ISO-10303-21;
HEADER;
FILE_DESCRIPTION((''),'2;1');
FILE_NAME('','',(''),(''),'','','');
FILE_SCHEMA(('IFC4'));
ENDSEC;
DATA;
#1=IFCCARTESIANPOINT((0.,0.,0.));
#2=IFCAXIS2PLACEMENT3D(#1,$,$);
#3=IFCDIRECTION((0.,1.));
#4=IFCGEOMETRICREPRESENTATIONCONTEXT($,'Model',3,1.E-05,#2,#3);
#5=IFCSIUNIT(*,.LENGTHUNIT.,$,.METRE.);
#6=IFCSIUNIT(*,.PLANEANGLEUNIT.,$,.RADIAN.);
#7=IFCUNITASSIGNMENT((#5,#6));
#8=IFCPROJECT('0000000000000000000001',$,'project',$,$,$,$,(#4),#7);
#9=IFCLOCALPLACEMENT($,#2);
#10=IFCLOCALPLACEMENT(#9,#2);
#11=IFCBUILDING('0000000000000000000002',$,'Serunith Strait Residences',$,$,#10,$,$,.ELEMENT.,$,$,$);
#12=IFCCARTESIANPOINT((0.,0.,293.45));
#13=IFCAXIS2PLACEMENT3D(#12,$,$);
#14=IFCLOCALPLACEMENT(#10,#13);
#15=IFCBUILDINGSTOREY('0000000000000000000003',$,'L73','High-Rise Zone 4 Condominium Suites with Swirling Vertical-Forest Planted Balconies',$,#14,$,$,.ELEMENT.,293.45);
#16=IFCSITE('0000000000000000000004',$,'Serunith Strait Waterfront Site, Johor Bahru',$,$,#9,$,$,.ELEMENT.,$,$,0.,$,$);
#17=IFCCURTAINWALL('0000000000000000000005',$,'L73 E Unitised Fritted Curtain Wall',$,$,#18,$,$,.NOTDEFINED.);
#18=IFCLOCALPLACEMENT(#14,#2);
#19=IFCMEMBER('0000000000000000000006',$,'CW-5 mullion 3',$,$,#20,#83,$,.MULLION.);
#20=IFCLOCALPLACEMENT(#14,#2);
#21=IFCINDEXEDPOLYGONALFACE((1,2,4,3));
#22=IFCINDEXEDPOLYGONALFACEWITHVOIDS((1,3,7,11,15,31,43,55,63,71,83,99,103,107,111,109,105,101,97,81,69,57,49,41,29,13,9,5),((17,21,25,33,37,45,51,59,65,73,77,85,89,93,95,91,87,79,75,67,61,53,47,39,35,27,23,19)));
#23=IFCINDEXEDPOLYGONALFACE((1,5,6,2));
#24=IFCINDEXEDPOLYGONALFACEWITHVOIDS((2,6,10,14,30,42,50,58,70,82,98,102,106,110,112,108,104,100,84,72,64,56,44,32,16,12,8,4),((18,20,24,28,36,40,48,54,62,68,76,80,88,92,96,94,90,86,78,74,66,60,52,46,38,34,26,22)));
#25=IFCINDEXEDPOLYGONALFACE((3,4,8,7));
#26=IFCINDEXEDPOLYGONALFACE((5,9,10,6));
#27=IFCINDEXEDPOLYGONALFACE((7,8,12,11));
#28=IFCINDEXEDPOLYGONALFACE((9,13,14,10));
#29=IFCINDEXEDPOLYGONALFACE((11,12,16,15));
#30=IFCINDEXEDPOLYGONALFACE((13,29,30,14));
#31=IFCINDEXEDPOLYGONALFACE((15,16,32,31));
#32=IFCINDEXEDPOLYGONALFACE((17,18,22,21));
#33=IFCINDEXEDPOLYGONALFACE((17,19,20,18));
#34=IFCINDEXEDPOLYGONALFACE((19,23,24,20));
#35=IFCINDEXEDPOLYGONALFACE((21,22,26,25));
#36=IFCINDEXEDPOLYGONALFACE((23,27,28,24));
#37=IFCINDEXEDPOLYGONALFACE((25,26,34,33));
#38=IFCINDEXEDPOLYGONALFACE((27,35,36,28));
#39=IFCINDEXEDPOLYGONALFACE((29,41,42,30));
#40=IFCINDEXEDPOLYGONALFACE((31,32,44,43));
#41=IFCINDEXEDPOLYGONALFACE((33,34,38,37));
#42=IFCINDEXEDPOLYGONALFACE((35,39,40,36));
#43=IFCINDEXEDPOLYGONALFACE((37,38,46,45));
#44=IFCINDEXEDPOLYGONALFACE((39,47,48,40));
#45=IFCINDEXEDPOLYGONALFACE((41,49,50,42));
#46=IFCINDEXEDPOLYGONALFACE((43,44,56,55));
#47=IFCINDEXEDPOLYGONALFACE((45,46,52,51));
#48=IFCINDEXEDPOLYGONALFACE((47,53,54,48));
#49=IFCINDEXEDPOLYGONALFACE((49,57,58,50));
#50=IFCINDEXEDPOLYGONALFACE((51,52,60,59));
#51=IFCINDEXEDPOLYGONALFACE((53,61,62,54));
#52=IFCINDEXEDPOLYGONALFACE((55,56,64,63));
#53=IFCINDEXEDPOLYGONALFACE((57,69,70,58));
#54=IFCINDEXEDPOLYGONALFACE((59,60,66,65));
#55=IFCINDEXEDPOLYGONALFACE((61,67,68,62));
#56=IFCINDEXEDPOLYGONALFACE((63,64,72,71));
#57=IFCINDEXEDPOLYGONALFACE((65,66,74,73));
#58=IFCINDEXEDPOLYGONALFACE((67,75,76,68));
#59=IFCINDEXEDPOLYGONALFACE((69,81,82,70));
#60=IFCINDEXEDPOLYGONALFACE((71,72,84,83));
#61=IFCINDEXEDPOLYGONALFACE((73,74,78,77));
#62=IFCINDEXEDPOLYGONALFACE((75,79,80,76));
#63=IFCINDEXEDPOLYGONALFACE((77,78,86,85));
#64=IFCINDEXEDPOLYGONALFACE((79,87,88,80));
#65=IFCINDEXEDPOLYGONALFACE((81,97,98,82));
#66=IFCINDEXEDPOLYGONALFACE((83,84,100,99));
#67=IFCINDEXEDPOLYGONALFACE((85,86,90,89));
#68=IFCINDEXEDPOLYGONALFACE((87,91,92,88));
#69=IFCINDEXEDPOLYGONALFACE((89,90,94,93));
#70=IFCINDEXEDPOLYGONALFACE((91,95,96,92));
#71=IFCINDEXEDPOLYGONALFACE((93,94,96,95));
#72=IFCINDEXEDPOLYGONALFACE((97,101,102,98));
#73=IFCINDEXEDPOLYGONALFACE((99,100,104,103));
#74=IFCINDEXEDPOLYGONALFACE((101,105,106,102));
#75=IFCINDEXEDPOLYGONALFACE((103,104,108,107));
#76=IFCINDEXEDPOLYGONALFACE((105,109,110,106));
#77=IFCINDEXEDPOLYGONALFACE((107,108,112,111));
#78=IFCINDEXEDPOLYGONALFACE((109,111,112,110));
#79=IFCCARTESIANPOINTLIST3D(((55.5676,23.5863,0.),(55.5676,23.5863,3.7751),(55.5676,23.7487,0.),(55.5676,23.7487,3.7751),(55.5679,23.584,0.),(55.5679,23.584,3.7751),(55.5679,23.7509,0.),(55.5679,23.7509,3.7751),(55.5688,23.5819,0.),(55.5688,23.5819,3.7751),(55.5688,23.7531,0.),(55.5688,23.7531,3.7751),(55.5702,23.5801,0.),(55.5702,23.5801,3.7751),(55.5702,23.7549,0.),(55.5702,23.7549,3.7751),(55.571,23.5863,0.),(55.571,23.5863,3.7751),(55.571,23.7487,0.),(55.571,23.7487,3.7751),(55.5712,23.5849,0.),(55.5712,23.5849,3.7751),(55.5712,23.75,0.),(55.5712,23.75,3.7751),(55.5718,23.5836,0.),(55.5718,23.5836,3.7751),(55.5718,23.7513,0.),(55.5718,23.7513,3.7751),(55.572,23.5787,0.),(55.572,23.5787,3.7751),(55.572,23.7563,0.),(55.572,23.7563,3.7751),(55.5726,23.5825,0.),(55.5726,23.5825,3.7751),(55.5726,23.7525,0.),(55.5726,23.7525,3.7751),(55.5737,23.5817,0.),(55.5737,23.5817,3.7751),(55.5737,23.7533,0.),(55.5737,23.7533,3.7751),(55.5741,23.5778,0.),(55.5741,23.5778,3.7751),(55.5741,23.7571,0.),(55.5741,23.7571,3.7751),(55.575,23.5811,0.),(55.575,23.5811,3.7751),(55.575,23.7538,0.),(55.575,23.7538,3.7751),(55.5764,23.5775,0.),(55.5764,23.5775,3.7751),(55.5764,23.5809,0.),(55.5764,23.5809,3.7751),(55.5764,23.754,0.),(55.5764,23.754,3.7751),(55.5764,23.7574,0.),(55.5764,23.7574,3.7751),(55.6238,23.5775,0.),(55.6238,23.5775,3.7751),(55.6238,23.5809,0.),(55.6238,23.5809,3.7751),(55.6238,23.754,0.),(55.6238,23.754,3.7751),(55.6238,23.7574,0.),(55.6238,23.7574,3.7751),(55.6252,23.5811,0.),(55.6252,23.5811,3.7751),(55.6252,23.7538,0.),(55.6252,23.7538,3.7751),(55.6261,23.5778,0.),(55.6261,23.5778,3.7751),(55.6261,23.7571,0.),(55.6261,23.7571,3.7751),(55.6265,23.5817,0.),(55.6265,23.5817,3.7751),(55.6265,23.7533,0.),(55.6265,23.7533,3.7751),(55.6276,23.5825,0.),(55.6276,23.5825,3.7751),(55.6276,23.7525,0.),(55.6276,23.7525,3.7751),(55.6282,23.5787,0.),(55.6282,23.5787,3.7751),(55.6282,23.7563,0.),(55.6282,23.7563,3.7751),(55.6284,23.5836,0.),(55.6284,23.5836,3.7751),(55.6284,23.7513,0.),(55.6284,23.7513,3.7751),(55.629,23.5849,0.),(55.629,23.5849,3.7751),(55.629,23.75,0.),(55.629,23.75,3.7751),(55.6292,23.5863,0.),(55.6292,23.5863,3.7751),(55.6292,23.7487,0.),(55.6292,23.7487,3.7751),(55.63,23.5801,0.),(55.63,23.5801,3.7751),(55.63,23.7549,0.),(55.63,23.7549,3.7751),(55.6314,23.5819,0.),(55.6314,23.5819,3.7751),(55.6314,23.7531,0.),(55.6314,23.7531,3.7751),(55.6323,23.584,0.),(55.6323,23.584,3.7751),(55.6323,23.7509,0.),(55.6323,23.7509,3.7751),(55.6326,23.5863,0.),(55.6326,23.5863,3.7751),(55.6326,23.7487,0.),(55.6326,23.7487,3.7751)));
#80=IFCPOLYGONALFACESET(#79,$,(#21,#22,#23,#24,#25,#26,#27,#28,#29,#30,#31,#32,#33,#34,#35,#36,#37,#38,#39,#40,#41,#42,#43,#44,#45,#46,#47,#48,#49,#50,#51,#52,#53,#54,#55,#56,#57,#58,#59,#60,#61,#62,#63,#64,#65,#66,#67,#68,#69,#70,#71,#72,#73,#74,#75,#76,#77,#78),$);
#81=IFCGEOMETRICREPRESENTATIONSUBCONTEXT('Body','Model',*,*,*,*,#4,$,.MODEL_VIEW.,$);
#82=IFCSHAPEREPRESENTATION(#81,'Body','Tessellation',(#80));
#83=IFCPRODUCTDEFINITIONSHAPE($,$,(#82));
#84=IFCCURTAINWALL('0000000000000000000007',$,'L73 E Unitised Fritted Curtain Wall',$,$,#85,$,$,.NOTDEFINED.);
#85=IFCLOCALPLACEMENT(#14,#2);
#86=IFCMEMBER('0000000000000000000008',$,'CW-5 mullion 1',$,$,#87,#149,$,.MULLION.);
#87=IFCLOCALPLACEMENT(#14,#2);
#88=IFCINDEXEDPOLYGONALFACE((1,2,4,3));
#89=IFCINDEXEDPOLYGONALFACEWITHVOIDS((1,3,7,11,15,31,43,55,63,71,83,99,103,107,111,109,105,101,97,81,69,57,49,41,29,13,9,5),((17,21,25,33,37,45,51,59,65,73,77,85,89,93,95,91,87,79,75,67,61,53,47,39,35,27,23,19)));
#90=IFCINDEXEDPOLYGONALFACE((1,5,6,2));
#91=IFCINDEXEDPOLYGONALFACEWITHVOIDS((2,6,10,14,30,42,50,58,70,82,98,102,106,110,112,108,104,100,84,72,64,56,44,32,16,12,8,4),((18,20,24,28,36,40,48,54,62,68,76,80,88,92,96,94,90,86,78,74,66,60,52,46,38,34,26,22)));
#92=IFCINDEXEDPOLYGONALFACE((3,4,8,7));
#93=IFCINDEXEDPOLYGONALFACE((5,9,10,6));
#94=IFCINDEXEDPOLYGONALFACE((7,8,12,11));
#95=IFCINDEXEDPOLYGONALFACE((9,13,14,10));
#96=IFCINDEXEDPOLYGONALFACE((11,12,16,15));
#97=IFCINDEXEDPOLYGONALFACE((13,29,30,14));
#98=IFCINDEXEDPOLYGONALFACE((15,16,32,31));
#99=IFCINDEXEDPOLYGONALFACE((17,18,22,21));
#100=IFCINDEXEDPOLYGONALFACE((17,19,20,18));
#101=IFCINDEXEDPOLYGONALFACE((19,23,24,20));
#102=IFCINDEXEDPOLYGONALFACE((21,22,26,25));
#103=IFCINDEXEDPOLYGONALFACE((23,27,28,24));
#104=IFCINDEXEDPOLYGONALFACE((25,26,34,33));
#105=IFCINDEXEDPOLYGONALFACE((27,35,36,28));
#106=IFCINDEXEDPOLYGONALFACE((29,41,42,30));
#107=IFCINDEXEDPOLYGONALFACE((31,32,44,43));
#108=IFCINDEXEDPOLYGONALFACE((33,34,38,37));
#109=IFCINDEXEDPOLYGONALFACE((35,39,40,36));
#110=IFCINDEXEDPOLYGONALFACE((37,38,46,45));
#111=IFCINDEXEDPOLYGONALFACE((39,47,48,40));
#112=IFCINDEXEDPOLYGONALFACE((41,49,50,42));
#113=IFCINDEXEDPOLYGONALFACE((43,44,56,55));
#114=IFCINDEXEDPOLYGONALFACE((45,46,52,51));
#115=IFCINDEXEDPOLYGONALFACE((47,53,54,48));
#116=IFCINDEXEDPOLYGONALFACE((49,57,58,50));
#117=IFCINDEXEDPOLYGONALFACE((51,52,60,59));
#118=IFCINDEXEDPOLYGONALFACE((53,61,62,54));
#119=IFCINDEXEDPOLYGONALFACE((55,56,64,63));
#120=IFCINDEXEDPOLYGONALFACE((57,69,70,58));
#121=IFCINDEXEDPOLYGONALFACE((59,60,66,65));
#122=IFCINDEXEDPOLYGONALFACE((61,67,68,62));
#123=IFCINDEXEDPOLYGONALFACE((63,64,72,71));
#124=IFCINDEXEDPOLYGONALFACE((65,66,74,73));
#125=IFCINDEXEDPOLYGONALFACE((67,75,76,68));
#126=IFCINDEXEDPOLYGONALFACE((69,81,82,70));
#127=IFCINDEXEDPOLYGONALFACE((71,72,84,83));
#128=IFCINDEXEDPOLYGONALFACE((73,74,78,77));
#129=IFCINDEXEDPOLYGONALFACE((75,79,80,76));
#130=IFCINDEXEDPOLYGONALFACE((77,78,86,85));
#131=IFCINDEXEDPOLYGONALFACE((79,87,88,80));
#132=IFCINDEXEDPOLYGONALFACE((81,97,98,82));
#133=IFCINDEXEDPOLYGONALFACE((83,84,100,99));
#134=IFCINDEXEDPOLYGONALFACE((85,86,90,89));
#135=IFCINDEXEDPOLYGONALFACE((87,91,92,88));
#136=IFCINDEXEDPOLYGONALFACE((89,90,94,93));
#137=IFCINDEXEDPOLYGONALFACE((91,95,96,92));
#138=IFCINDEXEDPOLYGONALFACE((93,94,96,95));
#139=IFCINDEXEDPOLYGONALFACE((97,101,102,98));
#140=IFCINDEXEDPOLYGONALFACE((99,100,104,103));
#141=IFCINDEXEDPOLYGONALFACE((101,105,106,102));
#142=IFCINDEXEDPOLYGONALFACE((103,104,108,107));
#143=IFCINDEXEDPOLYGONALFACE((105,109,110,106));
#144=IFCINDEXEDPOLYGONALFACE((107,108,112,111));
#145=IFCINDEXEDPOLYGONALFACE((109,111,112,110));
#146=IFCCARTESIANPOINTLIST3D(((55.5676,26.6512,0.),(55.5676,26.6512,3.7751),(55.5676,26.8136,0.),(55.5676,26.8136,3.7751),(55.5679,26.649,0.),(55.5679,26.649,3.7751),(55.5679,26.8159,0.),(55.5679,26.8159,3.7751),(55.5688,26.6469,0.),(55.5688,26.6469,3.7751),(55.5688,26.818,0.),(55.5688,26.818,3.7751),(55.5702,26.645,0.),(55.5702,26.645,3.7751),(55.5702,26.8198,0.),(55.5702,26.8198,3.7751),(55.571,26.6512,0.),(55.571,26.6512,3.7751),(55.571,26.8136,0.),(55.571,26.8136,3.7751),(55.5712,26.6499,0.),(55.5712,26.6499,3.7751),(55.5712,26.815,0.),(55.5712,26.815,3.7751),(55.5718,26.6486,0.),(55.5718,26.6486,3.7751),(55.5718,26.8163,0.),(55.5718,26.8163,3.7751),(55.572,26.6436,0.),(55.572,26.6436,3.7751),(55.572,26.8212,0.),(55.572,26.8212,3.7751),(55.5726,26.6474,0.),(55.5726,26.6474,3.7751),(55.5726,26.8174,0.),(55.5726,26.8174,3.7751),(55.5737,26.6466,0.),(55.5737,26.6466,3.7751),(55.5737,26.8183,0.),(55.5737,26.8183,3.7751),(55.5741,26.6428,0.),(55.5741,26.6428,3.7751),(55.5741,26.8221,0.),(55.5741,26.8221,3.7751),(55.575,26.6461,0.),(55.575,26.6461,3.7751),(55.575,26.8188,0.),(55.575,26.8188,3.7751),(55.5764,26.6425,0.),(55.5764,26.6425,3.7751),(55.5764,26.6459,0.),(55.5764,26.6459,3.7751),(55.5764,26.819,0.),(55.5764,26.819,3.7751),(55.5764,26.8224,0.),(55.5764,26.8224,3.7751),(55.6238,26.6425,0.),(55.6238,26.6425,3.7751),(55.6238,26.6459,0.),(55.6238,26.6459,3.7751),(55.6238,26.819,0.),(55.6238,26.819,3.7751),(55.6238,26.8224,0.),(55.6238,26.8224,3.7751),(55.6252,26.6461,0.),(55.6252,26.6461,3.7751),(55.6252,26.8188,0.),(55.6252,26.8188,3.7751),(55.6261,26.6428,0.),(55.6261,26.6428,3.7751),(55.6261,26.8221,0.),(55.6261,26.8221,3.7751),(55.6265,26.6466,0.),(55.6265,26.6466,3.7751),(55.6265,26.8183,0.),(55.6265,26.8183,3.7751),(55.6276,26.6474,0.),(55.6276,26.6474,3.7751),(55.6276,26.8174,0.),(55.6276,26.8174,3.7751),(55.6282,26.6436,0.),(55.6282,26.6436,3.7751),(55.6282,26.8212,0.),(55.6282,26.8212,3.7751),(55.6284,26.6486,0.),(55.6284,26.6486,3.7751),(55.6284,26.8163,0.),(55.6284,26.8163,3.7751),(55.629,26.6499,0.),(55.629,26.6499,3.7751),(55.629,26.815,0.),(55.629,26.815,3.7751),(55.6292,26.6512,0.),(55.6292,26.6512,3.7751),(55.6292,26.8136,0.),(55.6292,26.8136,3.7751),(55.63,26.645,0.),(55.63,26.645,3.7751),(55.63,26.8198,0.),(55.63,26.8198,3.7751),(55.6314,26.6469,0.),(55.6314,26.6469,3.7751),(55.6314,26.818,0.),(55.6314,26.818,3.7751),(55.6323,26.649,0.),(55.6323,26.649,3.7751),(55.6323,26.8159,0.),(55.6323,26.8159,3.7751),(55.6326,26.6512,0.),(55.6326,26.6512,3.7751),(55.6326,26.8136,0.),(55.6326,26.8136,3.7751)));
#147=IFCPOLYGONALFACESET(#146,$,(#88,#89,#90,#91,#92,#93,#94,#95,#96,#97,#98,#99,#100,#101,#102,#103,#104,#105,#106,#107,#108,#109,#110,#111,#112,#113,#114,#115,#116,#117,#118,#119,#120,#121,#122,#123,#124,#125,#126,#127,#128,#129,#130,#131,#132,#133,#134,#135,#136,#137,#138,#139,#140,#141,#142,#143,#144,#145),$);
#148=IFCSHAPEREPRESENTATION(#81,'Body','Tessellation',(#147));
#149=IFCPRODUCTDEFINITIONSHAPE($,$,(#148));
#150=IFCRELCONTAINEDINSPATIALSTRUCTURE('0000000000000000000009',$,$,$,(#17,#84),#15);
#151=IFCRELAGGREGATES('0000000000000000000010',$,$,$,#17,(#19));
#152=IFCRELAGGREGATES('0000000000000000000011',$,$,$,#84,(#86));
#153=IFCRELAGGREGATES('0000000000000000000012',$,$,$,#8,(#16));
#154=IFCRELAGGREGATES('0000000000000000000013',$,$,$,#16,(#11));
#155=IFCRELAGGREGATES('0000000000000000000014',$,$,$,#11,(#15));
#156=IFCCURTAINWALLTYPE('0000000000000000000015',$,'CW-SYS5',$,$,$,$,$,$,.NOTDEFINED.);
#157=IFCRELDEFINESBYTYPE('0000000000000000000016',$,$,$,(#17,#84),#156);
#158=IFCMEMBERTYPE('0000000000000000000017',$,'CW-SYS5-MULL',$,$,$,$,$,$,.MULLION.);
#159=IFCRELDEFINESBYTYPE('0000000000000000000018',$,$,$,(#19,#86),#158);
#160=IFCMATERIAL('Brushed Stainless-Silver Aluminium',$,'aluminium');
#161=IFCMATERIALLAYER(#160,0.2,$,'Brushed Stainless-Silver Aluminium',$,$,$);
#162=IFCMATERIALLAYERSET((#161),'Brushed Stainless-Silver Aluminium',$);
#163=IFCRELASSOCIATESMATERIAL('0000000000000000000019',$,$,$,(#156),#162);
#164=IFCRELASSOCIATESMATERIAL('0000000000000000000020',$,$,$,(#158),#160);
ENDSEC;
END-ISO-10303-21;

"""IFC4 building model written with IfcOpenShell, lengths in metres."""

from ifc_helpers import new_model, si_unit, direction, frame, origin, origin_2d, place, context, subcontext, project, spatial, hollow_rectangle, extrude, source, transform, mapped, material, layer, layer_set, material_profile, profile_set, type_object, element, aggregate, save


model = new_model("IFC4")

# Units and contexts
model_context = context("Model", 3, precision=1e-05, world=origin(), true_north=direction((0.0, 1.0)))
body_context = subcontext(model_context, "Body", "Model", "MODEL_VIEW")
ifc_project = project(units=[si_unit("LENGTHUNIT", "METRE"), si_unit("PLANEANGLEUNIT", "RADIAN")], contexts=[model_context])

# Site, building, storey
site_placement = place(None, origin())
site = spatial("IfcSite", under=ifc_project, at=site_placement, Name="Serunith Strait Waterfront Site, Johor Bahru", CompositionType="ELEMENT", RefElevation=0.0)
building_placement = place(site_placement, origin())
building = spatial("IfcBuilding", under=site, at=building_placement, Name="Serunith Strait Residences", CompositionType="ELEMENT")
storey_placement = place(building_placement, frame((0.0, 0.0, 293.45)))
storey = spatial("IfcBuildingStorey", under=building, at=storey_placement, Name="L73", Description="High-Rise Zone 4 Condominium Suites with Swirling Vertical-Forest Planted Balconies", CompositionType="ELEMENT", Elevation=293.45)

# Curtain wall, member
ifc_material_1 = material(Name="Brushed Stainless-Silver Aluminium", Category="aluminium")
ifc_layer_1 = layer(ifc_material_1, 0.2, Name="Brushed Stainless-Silver Aluminium")
ifc_layer_set_1 = layer_set([ifc_layer_1], Name="Brushed Stainless-Silver Aluminium")
curtain_wall_type = type_object("IfcCurtainWallType", Name="CW-SYS5", PredefinedType="NOTDEFINED", material=ifc_layer_set_1)
curtain_wall_1_placement = place(storey_placement, origin())
curtain_wall_1 = element("IfcCurtainWall", 1, at=curtain_wall_1_placement, inside=storey, type_object=curtain_wall_type, Name="L73 E Unitised Fritted Curtain Wall", PredefinedType="NOTDEFINED")
ifc_material_profile_1 = material_profile(ifc_material_1, hollow_rectangle(XDim=0.0649, YDim=0.1799, WallThickness=0.0034, InnerFilletRadius=0.0054, OuterFilletRadius=0.0088, at=origin_2d()), Name="ALU 180x65x3.5")
ifc_profile_set_1 = profile_set([ifc_material_profile_1], Name="Brushed Stainless-Silver Aluminium")
member_type_1 = type_object("IfcMemberType", Name="CW-SYS5-MULL", PredefinedType="MULLION", material=ifc_profile_set_1)
shared_shape_1 = source(origin(), body_context, "Body", "SweptSolid", [
    extrude(hollow_rectangle(XDim=0.0649, YDim=0.1799, WallThickness=0.0034, InnerFilletRadius=0.0054, OuterFilletRadius=0.0088, at=origin_2d()), origin(), (0.0, 0.0, 1.0), 3.7751),
])
member_1_placement = place(storey_placement, frame((55.6001, 23.6675, 0.0), z_axis=(0.0, 0.0, 1.0), x_axis=(-1.0, 0.0, 0.0)))
member_1 = element("IfcMember", 2, at=member_1_placement, type_object=member_type_1, Name="CW-5 mullion 3", PredefinedType="MULLION", context=body_context, shape_type="MappedRepresentation", body=[
    mapped(shared_shape_1, transform((0.0, 0.0, 0.0), scale=1.0)),
])
aggregate(curtain_wall_1, [member_1])

# Curtain wall, member
curtain_wall_2_placement = place(storey_placement, origin())
curtain_wall_2 = element("IfcCurtainWall", 3, at=curtain_wall_2_placement, inside=storey, type_object=curtain_wall_type, Name="L73 E Unitised Fritted Curtain Wall", PredefinedType="NOTDEFINED")
member_2_placement = place(storey_placement, frame((55.6001, 26.7324, 0.0), z_axis=(0.0, 0.0, 1.0), x_axis=(-1.0, 0.0, 0.0)))
member_2 = element("IfcMember", 4, at=member_2_placement, type_object=member_type_1, Name="CW-5 mullion 1", PredefinedType="MULLION", context=body_context, shape_type="MappedRepresentation", body=[
    mapped(shared_shape_1, transform((0.0, 0.0, 0.0), scale=1.0)),
])
aggregate(curtain_wall_2, [member_2])

save(model, "model.ifc")
